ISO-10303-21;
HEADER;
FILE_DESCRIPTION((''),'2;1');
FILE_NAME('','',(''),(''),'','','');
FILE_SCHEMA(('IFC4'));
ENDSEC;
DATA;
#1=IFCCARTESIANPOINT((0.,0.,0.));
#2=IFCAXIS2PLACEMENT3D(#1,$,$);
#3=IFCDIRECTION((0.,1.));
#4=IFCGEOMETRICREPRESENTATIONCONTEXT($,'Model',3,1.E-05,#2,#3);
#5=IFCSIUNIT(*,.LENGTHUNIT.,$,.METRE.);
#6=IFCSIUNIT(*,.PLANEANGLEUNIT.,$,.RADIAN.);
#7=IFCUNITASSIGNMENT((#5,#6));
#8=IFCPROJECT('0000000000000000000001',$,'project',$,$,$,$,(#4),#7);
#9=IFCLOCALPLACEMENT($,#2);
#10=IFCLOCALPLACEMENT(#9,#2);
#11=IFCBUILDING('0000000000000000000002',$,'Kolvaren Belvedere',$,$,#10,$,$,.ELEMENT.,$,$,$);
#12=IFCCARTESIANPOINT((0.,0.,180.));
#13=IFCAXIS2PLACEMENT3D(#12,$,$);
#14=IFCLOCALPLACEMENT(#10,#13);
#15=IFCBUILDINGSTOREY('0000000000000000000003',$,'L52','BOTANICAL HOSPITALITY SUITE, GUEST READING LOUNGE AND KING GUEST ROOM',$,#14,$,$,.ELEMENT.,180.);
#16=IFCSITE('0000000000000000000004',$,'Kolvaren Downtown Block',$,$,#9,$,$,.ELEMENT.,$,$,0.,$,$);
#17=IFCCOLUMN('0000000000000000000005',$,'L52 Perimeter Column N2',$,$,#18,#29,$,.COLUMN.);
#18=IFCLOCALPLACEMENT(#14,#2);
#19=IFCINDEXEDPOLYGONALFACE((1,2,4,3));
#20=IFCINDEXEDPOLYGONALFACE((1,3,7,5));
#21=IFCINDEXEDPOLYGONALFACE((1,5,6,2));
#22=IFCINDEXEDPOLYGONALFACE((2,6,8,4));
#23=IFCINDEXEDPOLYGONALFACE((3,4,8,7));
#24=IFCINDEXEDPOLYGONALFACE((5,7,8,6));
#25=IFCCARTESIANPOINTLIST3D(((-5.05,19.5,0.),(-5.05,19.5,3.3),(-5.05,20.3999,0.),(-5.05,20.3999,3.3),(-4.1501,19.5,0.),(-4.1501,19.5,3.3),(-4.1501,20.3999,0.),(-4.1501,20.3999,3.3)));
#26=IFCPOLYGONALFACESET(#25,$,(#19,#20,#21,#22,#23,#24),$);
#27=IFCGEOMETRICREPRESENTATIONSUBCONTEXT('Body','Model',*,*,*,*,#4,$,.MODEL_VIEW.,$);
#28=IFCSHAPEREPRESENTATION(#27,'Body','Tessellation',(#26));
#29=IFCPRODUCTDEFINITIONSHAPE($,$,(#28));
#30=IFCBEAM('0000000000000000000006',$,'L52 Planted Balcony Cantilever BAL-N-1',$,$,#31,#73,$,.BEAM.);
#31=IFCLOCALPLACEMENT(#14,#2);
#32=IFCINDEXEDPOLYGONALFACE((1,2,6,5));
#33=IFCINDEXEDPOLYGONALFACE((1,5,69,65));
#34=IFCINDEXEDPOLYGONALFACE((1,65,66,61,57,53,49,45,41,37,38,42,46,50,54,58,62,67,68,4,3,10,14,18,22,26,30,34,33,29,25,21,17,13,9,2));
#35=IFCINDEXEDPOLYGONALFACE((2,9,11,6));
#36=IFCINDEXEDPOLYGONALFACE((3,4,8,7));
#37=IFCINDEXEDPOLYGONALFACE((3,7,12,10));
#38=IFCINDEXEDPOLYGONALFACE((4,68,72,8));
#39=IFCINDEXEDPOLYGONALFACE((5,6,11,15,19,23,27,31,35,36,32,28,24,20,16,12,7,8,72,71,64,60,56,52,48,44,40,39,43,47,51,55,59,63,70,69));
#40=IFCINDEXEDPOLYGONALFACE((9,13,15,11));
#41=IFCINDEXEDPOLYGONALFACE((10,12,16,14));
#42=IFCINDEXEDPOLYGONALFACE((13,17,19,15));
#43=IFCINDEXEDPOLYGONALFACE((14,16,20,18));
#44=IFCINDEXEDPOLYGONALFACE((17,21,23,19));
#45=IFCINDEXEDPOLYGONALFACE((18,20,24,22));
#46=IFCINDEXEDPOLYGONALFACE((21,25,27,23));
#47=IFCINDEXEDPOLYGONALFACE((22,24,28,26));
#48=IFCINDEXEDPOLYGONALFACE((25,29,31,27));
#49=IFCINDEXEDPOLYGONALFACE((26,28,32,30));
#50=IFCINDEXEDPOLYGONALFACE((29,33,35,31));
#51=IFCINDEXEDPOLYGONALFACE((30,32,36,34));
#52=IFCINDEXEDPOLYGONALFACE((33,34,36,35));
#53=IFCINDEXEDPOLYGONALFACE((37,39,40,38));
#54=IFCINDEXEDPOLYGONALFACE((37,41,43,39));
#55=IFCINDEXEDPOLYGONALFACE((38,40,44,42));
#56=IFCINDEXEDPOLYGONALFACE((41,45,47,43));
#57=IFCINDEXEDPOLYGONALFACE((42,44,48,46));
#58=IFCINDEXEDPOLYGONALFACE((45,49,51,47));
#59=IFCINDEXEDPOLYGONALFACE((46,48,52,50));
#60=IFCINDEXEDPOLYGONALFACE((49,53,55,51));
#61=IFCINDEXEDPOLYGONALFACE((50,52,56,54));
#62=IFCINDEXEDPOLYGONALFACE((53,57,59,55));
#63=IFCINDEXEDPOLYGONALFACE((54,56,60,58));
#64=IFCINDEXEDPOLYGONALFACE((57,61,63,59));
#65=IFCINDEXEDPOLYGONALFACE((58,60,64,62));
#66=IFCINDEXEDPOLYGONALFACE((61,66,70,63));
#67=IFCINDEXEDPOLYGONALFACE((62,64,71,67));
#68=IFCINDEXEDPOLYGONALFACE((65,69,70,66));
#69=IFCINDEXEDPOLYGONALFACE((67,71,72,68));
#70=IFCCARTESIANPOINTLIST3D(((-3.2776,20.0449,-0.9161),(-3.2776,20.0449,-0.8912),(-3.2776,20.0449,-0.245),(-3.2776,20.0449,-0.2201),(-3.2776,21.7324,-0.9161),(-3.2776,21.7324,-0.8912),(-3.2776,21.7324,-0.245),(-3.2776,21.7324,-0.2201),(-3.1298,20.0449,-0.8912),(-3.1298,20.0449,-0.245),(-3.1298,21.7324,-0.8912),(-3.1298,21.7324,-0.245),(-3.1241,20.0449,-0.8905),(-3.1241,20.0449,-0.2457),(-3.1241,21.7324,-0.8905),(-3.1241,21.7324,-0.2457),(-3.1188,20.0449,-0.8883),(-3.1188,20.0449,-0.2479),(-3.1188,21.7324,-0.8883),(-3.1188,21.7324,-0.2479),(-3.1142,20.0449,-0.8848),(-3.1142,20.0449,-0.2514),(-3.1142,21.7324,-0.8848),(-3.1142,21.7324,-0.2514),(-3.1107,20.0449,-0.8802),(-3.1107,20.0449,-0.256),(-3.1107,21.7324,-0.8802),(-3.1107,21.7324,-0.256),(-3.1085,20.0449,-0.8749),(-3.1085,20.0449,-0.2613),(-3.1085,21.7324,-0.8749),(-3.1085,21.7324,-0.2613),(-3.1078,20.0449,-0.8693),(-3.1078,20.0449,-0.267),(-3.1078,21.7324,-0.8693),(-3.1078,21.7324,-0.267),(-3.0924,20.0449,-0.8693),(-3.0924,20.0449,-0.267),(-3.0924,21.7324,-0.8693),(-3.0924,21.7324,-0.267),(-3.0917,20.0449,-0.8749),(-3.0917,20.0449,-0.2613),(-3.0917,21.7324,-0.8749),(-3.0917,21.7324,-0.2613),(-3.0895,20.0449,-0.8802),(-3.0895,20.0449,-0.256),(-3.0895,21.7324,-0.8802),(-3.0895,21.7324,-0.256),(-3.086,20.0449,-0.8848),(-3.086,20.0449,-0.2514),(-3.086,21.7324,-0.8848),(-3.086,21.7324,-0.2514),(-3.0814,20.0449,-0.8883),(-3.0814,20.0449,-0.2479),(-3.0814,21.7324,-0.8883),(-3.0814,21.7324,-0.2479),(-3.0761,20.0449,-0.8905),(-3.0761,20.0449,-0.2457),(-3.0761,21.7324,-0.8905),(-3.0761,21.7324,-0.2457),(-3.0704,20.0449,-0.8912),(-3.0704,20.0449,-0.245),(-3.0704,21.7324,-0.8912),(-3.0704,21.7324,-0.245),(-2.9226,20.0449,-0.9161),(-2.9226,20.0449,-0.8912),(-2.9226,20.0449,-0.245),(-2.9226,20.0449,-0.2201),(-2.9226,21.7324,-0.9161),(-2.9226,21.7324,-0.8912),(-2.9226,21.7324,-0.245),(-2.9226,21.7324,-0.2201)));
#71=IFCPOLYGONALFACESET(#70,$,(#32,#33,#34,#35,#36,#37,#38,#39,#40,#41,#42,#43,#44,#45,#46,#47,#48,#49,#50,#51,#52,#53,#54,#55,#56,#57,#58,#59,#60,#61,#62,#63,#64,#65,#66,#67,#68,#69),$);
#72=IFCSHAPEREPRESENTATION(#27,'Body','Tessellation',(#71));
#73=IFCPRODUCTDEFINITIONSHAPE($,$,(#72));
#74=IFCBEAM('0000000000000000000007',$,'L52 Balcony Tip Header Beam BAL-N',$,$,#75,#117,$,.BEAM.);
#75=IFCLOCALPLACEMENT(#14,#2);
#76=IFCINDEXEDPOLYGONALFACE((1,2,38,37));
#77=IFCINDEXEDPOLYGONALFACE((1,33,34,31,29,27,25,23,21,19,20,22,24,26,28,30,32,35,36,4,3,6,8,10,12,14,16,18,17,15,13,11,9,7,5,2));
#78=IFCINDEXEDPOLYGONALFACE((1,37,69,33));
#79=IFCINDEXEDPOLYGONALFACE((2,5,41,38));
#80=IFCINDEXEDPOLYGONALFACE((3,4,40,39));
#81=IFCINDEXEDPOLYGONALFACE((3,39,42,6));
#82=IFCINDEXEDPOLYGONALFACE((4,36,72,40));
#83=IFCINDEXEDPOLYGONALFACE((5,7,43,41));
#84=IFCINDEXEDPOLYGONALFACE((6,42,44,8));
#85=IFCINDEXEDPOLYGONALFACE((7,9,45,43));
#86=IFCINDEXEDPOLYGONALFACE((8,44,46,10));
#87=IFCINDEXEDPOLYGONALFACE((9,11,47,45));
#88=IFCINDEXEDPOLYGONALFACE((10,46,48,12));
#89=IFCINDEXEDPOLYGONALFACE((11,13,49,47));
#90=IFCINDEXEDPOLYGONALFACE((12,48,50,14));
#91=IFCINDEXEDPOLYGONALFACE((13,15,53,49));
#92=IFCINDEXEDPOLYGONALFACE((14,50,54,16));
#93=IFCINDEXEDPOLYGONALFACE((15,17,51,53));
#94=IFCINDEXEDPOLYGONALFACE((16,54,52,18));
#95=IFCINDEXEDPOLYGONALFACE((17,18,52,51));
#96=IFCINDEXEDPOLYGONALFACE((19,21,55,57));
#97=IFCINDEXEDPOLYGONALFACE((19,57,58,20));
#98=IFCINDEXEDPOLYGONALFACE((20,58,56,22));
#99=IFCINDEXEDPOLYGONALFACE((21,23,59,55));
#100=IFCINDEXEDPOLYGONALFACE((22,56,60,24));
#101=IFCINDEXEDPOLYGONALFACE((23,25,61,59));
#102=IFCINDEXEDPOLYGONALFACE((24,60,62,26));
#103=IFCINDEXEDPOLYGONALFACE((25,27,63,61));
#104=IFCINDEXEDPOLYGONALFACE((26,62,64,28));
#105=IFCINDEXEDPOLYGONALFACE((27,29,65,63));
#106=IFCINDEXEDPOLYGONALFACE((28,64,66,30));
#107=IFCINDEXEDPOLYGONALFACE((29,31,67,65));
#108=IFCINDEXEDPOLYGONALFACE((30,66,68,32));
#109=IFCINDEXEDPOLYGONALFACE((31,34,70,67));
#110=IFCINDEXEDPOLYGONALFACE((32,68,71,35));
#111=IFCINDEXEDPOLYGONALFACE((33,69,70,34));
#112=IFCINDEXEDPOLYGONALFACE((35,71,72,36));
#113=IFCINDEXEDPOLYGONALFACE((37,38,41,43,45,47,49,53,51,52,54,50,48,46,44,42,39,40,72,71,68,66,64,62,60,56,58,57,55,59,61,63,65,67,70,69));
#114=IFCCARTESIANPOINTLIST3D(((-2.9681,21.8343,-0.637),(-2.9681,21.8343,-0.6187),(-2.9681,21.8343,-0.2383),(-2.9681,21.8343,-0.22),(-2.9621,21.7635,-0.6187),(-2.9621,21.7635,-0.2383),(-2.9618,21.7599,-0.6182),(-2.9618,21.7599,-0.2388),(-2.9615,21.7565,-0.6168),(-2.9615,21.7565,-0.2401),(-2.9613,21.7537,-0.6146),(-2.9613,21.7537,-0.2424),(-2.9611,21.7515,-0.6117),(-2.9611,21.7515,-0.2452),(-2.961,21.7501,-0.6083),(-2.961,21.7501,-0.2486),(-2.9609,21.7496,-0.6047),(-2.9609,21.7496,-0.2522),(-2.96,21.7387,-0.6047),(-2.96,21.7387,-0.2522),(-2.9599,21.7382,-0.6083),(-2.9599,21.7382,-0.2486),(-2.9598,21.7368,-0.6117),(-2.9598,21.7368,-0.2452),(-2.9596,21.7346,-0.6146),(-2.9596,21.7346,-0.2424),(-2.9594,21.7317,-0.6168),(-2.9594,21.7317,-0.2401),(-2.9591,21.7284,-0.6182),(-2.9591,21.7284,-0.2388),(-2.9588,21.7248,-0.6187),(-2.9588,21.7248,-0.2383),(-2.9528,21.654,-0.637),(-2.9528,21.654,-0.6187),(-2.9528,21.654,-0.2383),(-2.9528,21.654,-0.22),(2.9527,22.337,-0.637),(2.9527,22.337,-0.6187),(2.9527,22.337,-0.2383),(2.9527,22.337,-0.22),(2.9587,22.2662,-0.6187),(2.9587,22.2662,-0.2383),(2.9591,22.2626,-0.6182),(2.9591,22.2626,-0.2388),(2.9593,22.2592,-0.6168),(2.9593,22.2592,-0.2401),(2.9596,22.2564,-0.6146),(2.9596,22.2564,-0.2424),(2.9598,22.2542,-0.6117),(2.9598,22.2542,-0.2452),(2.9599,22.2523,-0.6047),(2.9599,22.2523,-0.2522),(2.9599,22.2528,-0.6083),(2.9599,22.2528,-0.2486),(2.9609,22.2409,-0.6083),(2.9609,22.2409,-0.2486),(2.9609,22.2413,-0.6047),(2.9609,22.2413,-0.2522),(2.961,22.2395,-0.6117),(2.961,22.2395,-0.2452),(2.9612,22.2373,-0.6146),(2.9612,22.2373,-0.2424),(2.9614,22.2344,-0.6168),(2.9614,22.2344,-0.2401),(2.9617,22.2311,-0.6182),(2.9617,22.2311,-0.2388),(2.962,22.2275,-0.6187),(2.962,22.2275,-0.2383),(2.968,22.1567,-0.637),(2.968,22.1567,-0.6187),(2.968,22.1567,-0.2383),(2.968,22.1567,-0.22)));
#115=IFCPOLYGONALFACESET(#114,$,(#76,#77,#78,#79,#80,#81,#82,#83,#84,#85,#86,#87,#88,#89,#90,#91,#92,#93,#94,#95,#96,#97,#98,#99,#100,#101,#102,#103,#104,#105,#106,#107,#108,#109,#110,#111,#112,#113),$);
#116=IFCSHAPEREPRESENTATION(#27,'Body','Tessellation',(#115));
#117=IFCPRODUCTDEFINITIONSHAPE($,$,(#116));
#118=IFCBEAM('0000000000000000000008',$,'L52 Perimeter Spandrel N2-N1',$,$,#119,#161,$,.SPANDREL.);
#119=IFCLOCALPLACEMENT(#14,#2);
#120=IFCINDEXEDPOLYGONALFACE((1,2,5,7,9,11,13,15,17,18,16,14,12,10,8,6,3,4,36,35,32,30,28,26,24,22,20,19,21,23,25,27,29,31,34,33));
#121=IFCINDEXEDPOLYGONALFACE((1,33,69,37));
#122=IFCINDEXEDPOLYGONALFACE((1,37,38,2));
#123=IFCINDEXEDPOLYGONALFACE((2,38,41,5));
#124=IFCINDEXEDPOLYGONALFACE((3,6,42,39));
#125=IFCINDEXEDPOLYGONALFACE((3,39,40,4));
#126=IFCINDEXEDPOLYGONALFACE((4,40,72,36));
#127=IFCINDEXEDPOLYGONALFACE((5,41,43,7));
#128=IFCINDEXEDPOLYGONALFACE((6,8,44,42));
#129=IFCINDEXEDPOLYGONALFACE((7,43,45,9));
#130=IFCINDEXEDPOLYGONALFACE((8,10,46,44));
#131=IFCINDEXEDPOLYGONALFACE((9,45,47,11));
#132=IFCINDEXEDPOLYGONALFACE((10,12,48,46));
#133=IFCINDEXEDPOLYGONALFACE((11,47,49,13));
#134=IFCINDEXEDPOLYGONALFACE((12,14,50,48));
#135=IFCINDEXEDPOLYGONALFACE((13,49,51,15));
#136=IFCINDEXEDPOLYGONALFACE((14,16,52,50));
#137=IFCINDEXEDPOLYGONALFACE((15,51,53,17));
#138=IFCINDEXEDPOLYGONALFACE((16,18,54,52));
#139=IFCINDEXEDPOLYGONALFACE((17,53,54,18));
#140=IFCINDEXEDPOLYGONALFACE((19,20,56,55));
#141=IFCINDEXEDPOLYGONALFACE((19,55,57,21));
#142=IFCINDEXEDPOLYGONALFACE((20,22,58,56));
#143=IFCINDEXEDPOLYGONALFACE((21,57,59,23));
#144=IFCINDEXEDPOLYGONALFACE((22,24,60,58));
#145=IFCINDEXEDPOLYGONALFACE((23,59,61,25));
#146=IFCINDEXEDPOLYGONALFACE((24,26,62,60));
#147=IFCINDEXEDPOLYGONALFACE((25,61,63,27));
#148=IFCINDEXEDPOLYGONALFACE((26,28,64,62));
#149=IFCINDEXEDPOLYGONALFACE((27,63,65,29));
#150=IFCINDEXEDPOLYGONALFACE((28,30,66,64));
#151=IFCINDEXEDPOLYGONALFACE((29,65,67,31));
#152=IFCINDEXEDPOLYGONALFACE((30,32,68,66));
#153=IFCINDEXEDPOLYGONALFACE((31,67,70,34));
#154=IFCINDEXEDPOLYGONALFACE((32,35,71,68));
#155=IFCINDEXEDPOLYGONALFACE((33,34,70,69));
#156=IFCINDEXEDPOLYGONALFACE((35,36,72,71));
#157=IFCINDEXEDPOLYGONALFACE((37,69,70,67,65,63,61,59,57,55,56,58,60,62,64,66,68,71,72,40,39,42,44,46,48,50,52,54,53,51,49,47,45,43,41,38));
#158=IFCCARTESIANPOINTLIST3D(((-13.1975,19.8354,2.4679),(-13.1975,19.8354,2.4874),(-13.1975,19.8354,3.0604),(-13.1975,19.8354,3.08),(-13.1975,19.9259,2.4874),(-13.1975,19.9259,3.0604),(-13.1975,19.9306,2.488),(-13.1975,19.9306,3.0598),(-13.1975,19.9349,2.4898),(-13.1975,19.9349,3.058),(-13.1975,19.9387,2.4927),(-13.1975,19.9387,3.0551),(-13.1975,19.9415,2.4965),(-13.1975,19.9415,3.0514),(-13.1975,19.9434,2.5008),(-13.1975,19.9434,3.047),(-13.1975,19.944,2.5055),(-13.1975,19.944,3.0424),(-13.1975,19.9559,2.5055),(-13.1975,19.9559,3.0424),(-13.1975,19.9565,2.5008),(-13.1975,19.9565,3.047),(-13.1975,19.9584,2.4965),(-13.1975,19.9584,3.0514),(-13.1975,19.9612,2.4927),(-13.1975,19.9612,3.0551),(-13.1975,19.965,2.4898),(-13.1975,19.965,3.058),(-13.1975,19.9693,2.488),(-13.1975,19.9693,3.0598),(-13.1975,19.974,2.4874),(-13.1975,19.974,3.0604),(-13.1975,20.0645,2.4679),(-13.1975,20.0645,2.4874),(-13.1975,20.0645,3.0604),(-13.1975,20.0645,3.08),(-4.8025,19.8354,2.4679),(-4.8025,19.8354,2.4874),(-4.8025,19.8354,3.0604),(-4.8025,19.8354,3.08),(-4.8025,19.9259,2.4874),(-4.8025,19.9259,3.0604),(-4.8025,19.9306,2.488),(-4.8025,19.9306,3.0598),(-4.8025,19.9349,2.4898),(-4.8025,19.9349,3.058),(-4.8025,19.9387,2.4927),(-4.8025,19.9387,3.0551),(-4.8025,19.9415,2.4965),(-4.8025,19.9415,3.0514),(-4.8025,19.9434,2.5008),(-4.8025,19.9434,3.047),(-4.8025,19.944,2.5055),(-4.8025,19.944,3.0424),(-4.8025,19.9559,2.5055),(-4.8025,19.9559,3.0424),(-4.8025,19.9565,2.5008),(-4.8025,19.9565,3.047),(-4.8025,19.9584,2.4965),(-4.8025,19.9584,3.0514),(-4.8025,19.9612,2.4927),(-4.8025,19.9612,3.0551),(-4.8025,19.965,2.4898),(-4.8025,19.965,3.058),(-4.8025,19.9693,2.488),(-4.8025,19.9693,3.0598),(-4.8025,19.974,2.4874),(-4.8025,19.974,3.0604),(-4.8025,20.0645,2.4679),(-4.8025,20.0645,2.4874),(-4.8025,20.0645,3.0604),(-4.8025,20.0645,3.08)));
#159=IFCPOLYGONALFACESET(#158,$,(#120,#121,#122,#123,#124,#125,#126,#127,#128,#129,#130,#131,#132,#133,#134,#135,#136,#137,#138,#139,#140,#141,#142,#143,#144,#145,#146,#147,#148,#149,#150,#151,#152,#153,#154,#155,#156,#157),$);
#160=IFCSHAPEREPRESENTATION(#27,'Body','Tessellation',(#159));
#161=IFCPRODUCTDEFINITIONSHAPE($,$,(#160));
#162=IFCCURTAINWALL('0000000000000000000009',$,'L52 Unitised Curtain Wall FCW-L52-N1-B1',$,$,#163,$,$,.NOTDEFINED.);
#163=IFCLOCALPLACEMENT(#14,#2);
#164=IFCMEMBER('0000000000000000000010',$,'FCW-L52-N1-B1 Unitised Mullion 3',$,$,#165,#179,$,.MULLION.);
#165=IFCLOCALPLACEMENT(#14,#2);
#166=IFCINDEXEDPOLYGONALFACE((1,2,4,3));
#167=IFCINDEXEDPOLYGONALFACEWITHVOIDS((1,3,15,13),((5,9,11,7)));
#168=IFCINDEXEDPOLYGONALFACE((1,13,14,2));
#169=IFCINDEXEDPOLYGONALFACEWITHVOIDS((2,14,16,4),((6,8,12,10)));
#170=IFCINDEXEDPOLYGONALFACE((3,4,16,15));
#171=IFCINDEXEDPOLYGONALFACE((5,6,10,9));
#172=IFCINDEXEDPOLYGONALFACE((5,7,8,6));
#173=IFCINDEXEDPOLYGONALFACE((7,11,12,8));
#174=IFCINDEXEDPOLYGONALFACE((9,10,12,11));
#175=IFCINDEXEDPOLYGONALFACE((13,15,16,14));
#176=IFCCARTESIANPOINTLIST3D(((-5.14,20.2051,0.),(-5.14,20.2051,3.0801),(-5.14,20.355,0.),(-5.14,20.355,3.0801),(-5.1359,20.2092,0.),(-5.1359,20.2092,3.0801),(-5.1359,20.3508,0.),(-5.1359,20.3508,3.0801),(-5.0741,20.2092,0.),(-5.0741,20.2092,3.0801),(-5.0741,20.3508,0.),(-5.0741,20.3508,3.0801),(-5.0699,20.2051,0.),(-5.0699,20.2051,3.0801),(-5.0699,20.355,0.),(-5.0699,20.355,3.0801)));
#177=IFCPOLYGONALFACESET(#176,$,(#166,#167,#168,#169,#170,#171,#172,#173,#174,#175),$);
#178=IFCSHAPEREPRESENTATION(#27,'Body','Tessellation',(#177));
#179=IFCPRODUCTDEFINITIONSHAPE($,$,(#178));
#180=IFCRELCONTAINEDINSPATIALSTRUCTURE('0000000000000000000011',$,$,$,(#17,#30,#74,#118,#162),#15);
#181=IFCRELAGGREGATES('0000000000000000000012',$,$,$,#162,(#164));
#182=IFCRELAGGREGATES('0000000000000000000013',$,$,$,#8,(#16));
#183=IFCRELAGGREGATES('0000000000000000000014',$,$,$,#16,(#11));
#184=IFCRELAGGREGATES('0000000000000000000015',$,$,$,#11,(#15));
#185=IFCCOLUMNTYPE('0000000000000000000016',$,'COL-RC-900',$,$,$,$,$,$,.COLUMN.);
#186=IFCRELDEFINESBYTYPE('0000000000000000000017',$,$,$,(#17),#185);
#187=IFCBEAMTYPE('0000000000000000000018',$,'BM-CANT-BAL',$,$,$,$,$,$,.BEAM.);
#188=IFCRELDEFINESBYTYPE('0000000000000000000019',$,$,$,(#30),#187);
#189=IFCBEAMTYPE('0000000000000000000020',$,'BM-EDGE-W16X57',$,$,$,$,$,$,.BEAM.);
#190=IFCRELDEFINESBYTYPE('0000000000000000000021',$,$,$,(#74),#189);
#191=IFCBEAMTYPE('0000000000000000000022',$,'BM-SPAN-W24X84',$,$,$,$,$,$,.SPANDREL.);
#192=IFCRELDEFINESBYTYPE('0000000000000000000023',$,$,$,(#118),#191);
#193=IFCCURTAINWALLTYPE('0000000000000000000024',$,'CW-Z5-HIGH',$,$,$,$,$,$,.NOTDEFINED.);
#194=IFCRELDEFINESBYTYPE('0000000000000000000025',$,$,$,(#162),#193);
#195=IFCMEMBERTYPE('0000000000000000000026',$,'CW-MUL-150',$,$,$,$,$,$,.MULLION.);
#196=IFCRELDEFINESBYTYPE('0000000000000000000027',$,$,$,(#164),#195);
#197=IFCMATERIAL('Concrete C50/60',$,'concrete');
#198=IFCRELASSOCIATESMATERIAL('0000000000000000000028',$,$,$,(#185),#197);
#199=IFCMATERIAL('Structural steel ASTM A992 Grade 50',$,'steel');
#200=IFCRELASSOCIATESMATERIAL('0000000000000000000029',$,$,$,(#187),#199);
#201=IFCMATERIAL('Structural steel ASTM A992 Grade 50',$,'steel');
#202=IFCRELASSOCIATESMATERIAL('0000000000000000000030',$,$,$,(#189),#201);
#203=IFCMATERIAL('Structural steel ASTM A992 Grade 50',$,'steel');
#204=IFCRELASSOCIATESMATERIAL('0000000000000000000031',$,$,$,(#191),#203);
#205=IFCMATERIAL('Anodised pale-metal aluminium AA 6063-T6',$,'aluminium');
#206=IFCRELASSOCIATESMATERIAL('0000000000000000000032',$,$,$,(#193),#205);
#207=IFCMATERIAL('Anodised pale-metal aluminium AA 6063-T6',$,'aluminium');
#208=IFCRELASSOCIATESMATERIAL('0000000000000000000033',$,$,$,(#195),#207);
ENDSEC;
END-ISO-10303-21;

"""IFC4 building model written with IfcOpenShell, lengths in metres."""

from ifc_helpers import new_model, si_unit, direction, frame, origin, origin_2d, place, context, subcontext, project, spatial, rectangle, hollow_rectangle, i_section, extrude, material, material_profile, profile_set, type_object, element, aggregate, save


model = new_model("IFC4")

# Units and contexts
model_context = context("Model", 3, precision=1e-05, world=origin(), true_north=direction((0.0, 1.0)))
body_context = subcontext(model_context, "Body", "Model", "MODEL_VIEW")
ifc_project = project(units=[si_unit("LENGTHUNIT", "METRE"), si_unit("PLANEANGLEUNIT", "RADIAN")], contexts=[model_context])

# Site, building, storey
site_placement = place(None, origin())
site = spatial("IfcSite", under=ifc_project, at=site_placement, Name="Kolvaren Downtown Block", CompositionType="ELEMENT", RefElevation=0.0)
building_placement = place(site_placement, origin())
building = spatial("IfcBuilding", under=site, at=building_placement, Name="Kolvaren Belvedere", CompositionType="ELEMENT")
storey_placement = place(building_placement, frame((0.0, 0.0, 180.0)))
storey = spatial("IfcBuildingStorey", under=building, at=storey_placement, Name="L52", Description="BOTANICAL HOSPITALITY SUITE, GUEST READING LOUNGE AND KING GUEST ROOM", CompositionType="ELEMENT", Elevation=180.0)

# Column
ifc_material_1 = material(Name="Concrete C50/60", Category="concrete")
ifc_material_profile_1 = material_profile(ifc_material_1, rectangle(XDim=0.8999, YDim=0.8999, at=origin_2d()), Name="RC 900X900")
ifc_profile_set_1 = profile_set([ifc_material_profile_1], Name="Concrete C50/60")
column_type = type_object("IfcColumnType", Name="COL-RC-900", PredefinedType="COLUMN", material=ifc_profile_set_1)
column_placement = place(storey_placement, frame((-4.6001, 19.95, 0.0), z_axis=(0.0, 0.0, 1.0), x_axis=(1.0, 0.0, 0.0)))
element("IfcColumn", 1, at=column_placement, inside=storey, type_object=column_type, Name="L52 Perimeter Column N2", PredefinedType="COLUMN", context=body_context, shape_type="SweptSolid", body=[
    extrude(rectangle(XDim=0.8999, YDim=0.8999, at=origin_2d()), origin(), (0.0, 0.0, 1.0), 3.3),
])

# Beams
ifc_material_2 = material(Name="Structural steel ASTM A992 Grade 50", Category="steel")
ifc_material_profile_2 = material_profile(ifc_material_2, i_section(OverallWidth=0.355, OverallDepth=0.696, WebThickness=0.0154, FlangeThickness=0.0249, FilletRadius=0.022, at=origin_2d()), Name="W27X146")
ifc_profile_set_2 = profile_set([ifc_material_profile_2], Name="Structural steel ASTM A992 Grade 50")
beam_type_1 = type_object("IfcBeamType", Name="BM-CANT-BAL", PredefinedType="BEAM", material=ifc_profile_set_2)
beam_1_placement = place(storey_placement, frame((-3.1001, 20.0449, -0.5681), z_axis=(0.0, 1.0, 0.0), x_axis=(-1.0, 0.0, 0.0)))
element("IfcBeam", 2, at=beam_1_placement, inside=storey, type_object=beam_type_1, Name="L52 Planted Balcony Cantilever BAL-N-1", PredefinedType="BEAM", context=body_context, shape_type="SweptSolid", body=[
    extrude(i_section(OverallWidth=0.355, OverallDepth=0.696, WebThickness=0.0154, FlangeThickness=0.0249, FilletRadius=0.022, at=origin_2d()), origin(), (0.0, 0.0, 1.0), 1.6875),
])
ifc_material_3 = material(Name="Structural steel ASTM A992 Grade 50", Category="steel")
ifc_material_profile_3 = material_profile(ifc_material_3, i_section(OverallWidth=0.1809, OverallDepth=0.417, WebThickness=0.011, FlangeThickness=0.0183, FilletRadius=0.0139, at=origin_2d()), Name="W16X57")
ifc_profile_set_3 = profile_set([ifc_material_profile_3], Name="Structural steel ASTM A992 Grade 50")
beam_type_2 = type_object("IfcBeamType", Name="BM-EDGE-W16X57", PredefinedType="BEAM", material=ifc_profile_set_3)
beam_2_placement = place(storey_placement, frame((-2.9604, 21.7441, -0.4285), z_axis=(0.996415, 0.084596, 0.0), x_axis=(-0.084596, 0.996415, 0.0)))
element("IfcBeam", 3, at=beam_2_placement, inside=storey, type_object=beam_type_2, Name="L52 Balcony Tip Header Beam BAL-N", PredefinedType="BEAM", context=body_context, shape_type="SweptSolid", body=[
    extrude(i_section(OverallWidth=0.1809, OverallDepth=0.417, WebThickness=0.011, FlangeThickness=0.0183, FilletRadius=0.0139, at=origin_2d()), origin(), (0.0, 0.0, 1.0), 5.9421),
])
ifc_material_4 = material(Name="Structural steel ASTM A992 Grade 50", Category="steel")
ifc_material_profile_4 = material_profile(ifc_material_4, i_section(OverallWidth=0.229, OverallDepth=0.6121, WebThickness=0.012, FlangeThickness=0.0195, FilletRadius=0.0181, at=origin_2d()), Name="W24X84")
ifc_profile_set_4 = profile_set([ifc_material_profile_4], Name="Structural steel ASTM A992 Grade 50")
beam_type_3 = type_object("IfcBeamType", Name="BM-SPAN-W24X84", PredefinedType="SPANDREL", material=ifc_profile_set_4)
beam_3_placement = place(storey_placement, frame((-4.8025, 19.95, 2.7739), z_axis=(-1.0, 0.0, 0.0), x_axis=(0.0, -1.0, 0.0)))
element("IfcBeam", 4, at=beam_3_placement, inside=storey, type_object=beam_type_3, Name="L52 Perimeter Spandrel N2-N1", PredefinedType="SPANDREL", context=body_context, shape_type="SweptSolid", body=[
    extrude(i_section(OverallWidth=0.229, OverallDepth=0.6121, WebThickness=0.012, FlangeThickness=0.0195, FilletRadius=0.0181, at=origin_2d()), origin(), (0.0, 0.0, 1.0), 8.395),
])

# Curtain wall, member
ifc_material_5 = material(Name="Anodised pale-metal aluminium AA 6063-T6", Category="aluminium")
curtain_wall_type = type_object("IfcCurtainWallType", Name="CW-Z5-HIGH", PredefinedType="NOTDEFINED", material=ifc_material_5)
curtain_wall_1_placement = place(storey_placement, origin())
curtain_wall_1 = element("IfcCurtainWall", 5, at=curtain_wall_1_placement, inside=storey, type_object=curtain_wall_type, Name="L52 Unitised Curtain Wall FCW-L52-N1-B1", PredefinedType="NOTDEFINED")
ifc_material_6 = material(Name="Anodised pale-metal aluminium AA 6063-T6", Category="aluminium")
ifc_material_profile_5 = material_profile(ifc_material_6, hollow_rectangle(XDim=0.0701, YDim=0.1499, WallThickness=0.0042, at=origin_2d()), Name="ALU-MUL-150X70")
ifc_profile_set_5 = profile_set([ifc_material_profile_5], Name="Anodised pale-metal aluminium AA 6063-T6")
member_type_1 = type_object("IfcMemberType", Name="CW-MUL-150", PredefinedType="MULLION", material=ifc_profile_set_5)
member_1_placement = place(storey_placement, frame((-5.105, 20.28, 0.0), z_axis=(0.0, 0.0, 1.0), x_axis=(1.0, 0.0, 0.0)))
member_1 = element("IfcMember", 6, at=member_1_placement, type_object=member_type_1, Name="FCW-L52-N1-B1 Unitised Mullion 3", PredefinedType="MULLION", context=body_context, shape_type="SweptSolid", body=[
    extrude(hollow_rectangle(XDim=0.0701, YDim=0.1499, WallThickness=0.0042, at=origin_2d()), origin(), (0.0, 0.0, 1.0), 3.0801),
])
aggregate(curtain_wall_1, [member_1])

save(model, "model.ifc")
